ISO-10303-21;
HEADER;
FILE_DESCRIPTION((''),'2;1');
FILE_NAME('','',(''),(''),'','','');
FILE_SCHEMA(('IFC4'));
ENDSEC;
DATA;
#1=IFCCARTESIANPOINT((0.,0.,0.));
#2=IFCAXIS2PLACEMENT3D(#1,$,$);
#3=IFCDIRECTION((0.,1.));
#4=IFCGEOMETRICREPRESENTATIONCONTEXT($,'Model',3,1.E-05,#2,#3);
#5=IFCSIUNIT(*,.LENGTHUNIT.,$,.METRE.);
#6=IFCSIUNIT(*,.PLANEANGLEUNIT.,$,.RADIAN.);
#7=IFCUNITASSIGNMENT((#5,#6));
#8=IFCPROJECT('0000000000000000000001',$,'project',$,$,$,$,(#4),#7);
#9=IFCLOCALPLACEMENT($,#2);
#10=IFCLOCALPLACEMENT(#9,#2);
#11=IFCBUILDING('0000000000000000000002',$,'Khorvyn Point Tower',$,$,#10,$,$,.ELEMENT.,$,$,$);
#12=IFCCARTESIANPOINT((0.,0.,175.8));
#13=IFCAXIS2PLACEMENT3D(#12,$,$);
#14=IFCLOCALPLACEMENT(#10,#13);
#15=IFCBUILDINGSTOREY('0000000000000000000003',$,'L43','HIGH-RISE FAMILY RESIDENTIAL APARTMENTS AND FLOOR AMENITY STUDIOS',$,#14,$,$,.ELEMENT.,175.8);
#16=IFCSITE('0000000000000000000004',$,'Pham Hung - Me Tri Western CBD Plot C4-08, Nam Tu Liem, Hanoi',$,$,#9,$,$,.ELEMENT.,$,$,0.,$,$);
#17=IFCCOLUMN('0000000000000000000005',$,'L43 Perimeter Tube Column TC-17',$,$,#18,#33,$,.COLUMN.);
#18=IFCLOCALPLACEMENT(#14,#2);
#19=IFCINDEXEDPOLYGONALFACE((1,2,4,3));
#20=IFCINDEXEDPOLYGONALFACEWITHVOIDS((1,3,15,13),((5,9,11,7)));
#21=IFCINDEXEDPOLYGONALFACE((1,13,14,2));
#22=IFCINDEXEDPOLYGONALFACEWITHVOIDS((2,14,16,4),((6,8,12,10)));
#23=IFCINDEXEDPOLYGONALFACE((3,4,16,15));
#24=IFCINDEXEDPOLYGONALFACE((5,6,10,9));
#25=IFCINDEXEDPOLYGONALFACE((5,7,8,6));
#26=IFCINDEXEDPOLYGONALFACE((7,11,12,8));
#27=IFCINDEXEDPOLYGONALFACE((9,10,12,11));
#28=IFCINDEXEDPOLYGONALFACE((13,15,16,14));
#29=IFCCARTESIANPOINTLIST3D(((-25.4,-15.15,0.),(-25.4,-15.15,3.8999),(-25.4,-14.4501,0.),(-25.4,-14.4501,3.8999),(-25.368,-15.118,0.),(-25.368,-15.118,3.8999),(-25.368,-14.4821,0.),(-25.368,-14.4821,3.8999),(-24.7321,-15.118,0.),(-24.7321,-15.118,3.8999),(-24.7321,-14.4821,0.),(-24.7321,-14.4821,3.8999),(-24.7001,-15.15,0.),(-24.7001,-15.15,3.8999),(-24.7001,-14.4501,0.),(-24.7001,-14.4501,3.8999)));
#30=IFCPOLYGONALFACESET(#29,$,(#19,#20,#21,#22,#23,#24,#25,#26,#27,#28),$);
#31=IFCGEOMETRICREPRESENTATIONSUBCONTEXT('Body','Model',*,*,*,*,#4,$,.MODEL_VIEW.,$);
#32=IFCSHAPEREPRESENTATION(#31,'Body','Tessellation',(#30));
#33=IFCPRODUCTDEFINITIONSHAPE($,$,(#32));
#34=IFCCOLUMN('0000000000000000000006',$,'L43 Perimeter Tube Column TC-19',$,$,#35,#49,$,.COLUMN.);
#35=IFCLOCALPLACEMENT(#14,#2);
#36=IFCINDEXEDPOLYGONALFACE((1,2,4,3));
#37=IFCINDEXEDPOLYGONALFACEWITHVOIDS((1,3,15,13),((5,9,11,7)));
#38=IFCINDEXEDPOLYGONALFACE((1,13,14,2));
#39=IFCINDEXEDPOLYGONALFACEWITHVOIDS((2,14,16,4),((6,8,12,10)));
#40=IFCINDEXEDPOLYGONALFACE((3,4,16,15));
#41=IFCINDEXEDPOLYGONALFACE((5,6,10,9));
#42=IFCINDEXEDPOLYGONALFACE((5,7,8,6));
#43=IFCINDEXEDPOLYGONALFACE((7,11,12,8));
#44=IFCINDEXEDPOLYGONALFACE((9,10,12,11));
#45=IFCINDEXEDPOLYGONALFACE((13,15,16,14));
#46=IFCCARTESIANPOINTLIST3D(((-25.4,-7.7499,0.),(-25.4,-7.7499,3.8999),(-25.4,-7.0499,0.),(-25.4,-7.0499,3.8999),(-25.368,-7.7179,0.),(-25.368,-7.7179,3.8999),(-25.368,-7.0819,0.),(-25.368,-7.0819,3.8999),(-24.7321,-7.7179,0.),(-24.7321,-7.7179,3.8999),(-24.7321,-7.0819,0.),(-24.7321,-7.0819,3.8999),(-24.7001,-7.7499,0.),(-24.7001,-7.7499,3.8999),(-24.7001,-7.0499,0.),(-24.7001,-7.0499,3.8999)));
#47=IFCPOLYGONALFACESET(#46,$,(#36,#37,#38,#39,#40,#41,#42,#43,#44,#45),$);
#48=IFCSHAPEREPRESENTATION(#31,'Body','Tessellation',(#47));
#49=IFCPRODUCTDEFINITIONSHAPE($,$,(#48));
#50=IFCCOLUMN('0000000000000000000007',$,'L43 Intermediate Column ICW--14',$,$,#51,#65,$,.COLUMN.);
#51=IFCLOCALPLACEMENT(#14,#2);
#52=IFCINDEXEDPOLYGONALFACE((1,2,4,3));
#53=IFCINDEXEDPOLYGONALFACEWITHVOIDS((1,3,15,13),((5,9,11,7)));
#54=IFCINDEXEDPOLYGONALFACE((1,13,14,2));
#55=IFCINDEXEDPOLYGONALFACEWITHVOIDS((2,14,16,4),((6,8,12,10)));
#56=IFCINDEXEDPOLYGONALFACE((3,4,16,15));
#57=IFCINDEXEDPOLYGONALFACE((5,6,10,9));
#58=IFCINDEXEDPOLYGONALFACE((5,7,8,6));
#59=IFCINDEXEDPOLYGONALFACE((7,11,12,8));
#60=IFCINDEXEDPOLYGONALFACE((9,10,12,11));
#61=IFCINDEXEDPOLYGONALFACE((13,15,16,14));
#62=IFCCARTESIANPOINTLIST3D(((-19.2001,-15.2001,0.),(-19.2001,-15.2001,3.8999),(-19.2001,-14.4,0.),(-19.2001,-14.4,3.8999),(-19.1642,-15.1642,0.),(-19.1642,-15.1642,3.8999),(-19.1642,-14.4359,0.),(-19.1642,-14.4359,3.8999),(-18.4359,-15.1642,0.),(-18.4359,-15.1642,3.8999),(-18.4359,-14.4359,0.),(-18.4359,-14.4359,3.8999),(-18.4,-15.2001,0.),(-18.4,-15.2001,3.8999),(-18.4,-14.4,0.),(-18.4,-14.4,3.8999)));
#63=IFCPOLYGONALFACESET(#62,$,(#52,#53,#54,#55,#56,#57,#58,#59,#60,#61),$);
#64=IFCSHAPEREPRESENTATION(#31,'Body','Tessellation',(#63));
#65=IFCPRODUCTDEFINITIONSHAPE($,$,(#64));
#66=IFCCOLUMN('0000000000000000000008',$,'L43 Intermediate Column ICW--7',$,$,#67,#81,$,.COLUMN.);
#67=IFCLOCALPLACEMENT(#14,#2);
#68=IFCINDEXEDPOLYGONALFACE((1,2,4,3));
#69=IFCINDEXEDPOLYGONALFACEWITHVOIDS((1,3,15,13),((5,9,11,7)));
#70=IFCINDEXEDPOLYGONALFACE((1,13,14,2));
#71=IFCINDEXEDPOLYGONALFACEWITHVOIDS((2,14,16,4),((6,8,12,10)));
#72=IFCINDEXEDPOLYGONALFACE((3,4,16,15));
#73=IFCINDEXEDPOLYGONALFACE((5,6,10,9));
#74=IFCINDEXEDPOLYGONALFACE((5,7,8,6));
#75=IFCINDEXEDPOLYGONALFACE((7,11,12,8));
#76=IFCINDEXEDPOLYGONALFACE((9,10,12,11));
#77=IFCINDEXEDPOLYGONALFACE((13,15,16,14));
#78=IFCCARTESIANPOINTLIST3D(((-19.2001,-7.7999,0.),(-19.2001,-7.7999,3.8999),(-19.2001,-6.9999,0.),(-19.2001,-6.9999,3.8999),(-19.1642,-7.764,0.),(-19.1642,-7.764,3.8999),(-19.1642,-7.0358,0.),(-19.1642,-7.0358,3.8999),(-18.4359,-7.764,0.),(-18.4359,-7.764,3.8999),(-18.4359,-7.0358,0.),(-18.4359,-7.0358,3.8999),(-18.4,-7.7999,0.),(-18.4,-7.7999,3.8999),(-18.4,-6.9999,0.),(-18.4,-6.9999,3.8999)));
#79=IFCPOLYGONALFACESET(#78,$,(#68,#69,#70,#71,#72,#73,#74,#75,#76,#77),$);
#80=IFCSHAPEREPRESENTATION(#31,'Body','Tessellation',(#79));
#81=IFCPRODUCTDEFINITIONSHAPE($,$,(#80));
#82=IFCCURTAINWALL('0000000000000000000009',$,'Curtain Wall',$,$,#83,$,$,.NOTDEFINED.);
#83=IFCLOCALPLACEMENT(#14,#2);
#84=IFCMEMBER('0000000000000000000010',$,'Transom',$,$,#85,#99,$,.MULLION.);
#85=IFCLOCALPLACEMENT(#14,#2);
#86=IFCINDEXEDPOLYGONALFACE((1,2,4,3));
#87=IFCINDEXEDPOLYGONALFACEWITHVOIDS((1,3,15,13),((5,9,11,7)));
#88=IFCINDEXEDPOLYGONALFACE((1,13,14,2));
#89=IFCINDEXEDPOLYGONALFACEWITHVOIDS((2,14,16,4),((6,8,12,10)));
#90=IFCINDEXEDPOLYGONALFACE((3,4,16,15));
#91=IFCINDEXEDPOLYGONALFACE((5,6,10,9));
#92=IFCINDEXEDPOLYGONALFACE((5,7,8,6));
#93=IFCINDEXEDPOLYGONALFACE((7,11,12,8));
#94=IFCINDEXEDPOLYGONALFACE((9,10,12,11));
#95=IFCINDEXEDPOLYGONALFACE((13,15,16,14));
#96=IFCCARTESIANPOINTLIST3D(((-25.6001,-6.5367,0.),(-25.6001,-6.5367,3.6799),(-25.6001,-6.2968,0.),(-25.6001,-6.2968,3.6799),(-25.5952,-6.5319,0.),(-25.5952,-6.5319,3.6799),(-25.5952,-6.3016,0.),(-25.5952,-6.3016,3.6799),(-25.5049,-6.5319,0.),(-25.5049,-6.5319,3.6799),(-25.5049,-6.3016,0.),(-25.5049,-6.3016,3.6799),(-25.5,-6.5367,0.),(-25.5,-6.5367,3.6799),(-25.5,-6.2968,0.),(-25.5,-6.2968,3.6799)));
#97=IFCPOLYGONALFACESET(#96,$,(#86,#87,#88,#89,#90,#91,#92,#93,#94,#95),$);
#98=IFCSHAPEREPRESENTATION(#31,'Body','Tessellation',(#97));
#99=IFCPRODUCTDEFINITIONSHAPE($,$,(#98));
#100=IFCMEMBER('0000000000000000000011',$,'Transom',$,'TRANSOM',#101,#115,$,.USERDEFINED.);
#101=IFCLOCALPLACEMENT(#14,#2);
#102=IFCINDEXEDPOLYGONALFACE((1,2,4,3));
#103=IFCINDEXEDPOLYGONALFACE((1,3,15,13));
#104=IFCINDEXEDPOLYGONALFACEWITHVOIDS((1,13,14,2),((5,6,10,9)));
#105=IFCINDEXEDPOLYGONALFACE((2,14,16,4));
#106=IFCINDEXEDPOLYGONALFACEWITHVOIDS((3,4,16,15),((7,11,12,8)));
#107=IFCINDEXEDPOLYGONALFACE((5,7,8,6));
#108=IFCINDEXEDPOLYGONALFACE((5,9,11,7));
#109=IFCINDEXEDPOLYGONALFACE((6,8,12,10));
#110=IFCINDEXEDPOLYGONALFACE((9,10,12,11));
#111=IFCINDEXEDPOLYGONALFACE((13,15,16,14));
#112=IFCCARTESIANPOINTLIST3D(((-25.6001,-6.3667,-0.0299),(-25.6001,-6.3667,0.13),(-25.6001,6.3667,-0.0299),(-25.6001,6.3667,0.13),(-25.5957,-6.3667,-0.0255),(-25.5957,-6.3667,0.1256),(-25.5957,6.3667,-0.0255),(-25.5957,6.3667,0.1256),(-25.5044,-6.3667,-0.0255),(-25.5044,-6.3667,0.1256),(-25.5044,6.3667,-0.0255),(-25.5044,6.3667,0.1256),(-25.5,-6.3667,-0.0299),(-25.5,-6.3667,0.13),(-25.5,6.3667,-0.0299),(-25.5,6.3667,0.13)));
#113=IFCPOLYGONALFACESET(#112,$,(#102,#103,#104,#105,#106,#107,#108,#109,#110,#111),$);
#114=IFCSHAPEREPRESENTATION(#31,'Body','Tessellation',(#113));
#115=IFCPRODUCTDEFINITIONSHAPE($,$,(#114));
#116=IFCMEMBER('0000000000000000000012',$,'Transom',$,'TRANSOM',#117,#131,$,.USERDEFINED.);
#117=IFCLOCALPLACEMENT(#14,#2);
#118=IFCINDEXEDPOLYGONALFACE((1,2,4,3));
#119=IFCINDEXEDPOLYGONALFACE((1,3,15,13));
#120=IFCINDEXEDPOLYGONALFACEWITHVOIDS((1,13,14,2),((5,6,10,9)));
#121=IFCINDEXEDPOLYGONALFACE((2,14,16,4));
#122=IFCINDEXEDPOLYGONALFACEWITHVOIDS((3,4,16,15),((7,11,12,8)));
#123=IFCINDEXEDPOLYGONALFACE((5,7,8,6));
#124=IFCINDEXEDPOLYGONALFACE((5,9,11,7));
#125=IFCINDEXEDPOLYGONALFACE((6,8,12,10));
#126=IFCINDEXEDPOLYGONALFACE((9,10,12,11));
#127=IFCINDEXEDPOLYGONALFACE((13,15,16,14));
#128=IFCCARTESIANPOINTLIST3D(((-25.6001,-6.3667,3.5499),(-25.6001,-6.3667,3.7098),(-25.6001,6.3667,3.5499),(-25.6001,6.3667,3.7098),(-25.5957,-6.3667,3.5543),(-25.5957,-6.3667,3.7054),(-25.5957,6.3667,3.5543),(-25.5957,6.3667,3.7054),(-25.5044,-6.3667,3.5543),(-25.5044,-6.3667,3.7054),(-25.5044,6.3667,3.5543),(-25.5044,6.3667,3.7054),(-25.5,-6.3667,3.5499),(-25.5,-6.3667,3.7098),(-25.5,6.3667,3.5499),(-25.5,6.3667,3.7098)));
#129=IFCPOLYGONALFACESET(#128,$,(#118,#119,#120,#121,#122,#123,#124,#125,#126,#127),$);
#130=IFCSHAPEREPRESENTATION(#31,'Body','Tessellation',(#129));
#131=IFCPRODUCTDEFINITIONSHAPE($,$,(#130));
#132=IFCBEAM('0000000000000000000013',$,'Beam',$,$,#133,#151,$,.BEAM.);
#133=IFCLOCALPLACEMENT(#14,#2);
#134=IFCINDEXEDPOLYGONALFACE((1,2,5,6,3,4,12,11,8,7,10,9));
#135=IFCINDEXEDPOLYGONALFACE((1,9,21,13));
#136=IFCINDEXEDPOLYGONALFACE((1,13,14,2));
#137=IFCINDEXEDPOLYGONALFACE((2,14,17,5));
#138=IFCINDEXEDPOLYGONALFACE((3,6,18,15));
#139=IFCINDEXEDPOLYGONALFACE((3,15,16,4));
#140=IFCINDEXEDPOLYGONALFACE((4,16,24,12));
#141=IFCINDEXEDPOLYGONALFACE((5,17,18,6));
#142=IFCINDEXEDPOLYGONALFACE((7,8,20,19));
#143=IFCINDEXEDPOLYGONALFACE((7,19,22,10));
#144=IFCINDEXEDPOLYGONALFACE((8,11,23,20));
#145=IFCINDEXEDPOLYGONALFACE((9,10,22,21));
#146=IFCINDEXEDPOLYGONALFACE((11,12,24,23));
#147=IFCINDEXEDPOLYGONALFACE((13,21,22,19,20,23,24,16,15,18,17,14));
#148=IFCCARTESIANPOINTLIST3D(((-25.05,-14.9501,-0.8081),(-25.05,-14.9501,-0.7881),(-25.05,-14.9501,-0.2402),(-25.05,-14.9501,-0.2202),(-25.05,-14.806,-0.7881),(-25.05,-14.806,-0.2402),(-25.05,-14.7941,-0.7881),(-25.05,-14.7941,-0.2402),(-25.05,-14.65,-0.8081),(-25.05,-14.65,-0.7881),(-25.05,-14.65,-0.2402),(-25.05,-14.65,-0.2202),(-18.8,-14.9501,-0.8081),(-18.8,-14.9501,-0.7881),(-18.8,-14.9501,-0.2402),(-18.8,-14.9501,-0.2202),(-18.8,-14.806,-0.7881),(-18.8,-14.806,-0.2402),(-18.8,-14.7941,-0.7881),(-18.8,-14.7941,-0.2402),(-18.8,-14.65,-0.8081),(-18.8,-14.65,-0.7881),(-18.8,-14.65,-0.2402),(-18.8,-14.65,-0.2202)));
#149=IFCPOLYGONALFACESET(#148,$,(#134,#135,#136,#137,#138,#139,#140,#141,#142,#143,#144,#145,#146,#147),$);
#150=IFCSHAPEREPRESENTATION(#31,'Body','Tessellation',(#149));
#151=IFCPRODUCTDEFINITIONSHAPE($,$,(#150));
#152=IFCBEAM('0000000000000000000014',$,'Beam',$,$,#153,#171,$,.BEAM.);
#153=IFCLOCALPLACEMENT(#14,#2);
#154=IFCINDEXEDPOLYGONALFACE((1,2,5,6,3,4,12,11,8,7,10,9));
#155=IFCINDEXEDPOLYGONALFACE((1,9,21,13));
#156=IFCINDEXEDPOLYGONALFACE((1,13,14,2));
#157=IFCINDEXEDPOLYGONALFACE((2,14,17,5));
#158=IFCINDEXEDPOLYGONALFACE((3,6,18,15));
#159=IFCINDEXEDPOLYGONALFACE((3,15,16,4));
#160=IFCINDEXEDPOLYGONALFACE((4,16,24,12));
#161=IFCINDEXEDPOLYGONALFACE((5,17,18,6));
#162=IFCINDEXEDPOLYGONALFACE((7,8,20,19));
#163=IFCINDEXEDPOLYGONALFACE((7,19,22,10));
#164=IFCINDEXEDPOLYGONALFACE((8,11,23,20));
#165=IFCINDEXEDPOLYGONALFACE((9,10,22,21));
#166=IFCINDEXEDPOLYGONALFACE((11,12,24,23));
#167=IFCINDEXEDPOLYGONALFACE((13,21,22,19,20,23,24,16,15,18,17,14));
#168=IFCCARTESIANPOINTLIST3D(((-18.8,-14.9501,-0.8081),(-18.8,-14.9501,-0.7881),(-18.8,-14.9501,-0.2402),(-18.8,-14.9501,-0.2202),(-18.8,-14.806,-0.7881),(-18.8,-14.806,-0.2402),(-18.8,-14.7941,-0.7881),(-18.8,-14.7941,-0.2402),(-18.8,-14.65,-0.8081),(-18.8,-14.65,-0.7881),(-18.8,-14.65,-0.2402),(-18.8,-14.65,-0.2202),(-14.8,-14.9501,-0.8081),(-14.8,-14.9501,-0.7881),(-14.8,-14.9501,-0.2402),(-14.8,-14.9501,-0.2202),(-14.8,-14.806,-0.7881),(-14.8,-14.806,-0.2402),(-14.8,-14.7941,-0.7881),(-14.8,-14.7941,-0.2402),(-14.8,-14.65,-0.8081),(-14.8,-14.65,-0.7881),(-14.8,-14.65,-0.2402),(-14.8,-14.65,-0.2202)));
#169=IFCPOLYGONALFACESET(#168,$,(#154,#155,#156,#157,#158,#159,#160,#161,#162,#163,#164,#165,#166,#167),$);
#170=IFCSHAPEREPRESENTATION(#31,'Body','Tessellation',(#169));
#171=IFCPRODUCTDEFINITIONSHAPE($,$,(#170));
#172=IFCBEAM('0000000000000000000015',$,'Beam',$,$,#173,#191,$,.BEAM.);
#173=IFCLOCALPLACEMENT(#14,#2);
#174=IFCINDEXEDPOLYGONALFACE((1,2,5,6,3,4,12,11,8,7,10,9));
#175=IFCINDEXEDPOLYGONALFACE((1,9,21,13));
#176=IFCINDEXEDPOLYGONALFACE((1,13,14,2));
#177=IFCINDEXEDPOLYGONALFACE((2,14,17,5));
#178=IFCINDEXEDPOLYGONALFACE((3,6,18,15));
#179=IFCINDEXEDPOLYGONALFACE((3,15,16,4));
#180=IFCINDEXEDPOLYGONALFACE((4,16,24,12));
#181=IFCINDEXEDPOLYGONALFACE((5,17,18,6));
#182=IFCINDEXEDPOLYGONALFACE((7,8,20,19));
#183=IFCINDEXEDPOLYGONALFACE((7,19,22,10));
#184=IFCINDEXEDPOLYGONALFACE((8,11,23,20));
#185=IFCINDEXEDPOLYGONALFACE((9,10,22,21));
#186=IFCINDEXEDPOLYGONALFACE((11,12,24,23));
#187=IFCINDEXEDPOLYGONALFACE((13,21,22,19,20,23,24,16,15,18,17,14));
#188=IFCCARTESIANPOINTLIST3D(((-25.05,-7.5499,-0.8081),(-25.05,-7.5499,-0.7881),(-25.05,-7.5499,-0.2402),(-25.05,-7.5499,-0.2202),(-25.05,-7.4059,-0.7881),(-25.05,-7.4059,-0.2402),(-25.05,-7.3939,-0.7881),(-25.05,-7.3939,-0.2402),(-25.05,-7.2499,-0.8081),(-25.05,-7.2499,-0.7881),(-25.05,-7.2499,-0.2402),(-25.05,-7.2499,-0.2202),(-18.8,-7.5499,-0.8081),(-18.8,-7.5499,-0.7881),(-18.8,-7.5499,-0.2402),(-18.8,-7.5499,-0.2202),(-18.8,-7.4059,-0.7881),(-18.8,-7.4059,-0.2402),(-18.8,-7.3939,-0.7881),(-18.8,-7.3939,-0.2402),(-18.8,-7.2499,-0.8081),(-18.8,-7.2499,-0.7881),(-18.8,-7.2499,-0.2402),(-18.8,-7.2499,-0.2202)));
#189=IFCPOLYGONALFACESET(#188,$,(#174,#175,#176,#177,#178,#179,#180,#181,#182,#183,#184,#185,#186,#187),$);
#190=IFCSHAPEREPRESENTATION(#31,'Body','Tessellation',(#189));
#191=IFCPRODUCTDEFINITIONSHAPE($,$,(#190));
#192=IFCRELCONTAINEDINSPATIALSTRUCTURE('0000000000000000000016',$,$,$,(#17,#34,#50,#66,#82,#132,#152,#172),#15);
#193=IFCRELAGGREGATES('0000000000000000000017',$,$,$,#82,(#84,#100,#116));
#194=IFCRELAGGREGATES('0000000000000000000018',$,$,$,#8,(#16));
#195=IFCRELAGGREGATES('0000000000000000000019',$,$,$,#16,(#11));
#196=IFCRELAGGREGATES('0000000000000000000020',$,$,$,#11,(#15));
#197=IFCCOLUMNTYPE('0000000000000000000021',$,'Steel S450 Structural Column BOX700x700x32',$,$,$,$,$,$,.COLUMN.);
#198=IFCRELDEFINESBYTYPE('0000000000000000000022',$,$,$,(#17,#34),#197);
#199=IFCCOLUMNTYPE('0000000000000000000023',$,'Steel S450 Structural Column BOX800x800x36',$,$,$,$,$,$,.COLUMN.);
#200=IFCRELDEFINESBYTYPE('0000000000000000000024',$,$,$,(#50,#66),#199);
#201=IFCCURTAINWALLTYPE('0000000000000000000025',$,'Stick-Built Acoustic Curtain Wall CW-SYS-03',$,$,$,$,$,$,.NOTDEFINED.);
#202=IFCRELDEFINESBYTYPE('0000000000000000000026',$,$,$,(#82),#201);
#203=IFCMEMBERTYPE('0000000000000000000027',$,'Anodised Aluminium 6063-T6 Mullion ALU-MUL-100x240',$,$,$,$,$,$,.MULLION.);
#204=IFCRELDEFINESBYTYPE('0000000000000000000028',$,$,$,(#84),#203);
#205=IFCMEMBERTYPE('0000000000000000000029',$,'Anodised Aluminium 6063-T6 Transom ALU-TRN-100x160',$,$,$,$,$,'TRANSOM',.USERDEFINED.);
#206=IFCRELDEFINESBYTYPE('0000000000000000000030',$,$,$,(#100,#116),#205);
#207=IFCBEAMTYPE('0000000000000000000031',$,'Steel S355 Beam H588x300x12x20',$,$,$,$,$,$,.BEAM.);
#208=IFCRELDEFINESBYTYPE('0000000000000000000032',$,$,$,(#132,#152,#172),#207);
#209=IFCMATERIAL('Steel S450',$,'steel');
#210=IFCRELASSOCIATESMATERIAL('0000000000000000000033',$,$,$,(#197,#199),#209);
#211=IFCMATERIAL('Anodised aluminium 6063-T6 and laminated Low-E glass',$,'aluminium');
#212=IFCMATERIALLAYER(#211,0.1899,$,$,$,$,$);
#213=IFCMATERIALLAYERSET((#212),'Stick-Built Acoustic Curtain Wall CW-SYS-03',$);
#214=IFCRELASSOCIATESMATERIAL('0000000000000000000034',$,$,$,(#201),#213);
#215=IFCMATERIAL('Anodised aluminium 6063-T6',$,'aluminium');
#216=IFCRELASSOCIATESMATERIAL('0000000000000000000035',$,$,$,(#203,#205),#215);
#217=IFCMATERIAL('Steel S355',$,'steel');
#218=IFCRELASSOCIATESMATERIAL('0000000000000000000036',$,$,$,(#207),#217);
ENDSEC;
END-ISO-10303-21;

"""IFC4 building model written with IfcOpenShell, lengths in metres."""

from ifc_helpers import new_model, si_unit, direction, frame, origin, origin_2d, place, context, subcontext, project, spatial, hollow_rectangle, i_section, extrude, material, layer, layer_set, material_profile, profile_set, type_object, element, aggregate, save


model = new_model("IFC4")

# Units and contexts
model_context = context("Model", 3, precision=1e-05, world=origin(), true_north=direction((0.0, 1.0)))
body_context = subcontext(model_context, "Body", "Model", "MODEL_VIEW")
ifc_project = project(units=[si_unit("LENGTHUNIT", "METRE"), si_unit("PLANEANGLEUNIT", "RADIAN")], contexts=[model_context])

# Site, building, storey
site_placement = place(None, origin())
site = spatial("IfcSite", under=ifc_project, at=site_placement, Name="Pham Hung - Me Tri Western CBD Plot C4-08, Nam Tu Liem, Hanoi", CompositionType="ELEMENT", RefElevation=0.0)
building_placement = place(site_placement, origin())
building = spatial("IfcBuilding", under=site, at=building_placement, Name="Khorvyn Point Tower", CompositionType="ELEMENT")
storey_placement = place(building_placement, frame((0.0, 0.0, 175.8)))
storey = spatial("IfcBuildingStorey", under=building, at=storey_placement, Name="L43", Description="HIGH-RISE FAMILY RESIDENTIAL APARTMENTS AND FLOOR AMENITY STUDIOS", CompositionType="ELEMENT", Elevation=175.8)

# Columns
ifc_material_1 = material(Name="Steel S450", Category="steel")
ifc_material_profile_1 = material_profile(ifc_material_1, hollow_rectangle(XDim=0.7, YDim=0.7, WallThickness=0.032, at=origin_2d()))
ifc_profile_set_1 = profile_set([ifc_material_profile_1], Name="Steel S450 BOX700x700x32")
column_type_1 = type_object("IfcColumnType", Name="Steel S450 Structural Column BOX700x700x32", PredefinedType="COLUMN", material=ifc_profile_set_1)
for number, where, z_axis, x_axis, name in (
    (1, (-25.05, -14.8, 0.0), (0.0, 0.0, 1.0), (1.0, 0.0, 0.0), "L43 Perimeter Tube Column TC-17"),
    (2, (-25.05, -7.3999, 0.0), (0.0, 0.0, 1.0), (1.0, 0.0, 0.0), "L43 Perimeter Tube Column TC-19"),
):
    element("IfcColumn", number, at=place(storey_placement, frame(where, z_axis=z_axis, x_axis=x_axis)), inside=storey, type_object=column_type_1, Name=name, PredefinedType="COLUMN", context=body_context, shape_type="SweptSolid", body=[
        extrude(hollow_rectangle(XDim=0.7, YDim=0.7, WallThickness=0.032, at=origin_2d()), origin(), (0.0, 0.0, 1.0), 3.8999),
    ])
ifc_material_profile_2 = material_profile(ifc_material_1, hollow_rectangle(XDim=0.8, YDim=0.8, WallThickness=0.0359, at=origin_2d()))
ifc_profile_set_2 = profile_set([ifc_material_profile_2], Name="Steel S450 BOX800x800x36")
column_type_2 = type_object("IfcColumnType", Name="Steel S450 Structural Column BOX800x800x36", PredefinedType="COLUMN", material=ifc_profile_set_2)
for number, where, z_axis, x_axis, name in (
    (3, (-18.8, -14.8, 0.0), (0.0, 0.0, 1.0), (1.0, 0.0, 0.0), "L43 Intermediate Column ICW--14"),
    (4, (-18.8, -7.3999, 0.0), (0.0, 0.0, 1.0), (1.0, 0.0, 0.0), "L43 Intermediate Column ICW--7"),
):
    element("IfcColumn", number, at=place(storey_placement, frame(where, z_axis=z_axis, x_axis=x_axis)), inside=storey, type_object=column_type_2, Name=name, PredefinedType="COLUMN", context=body_context, shape_type="SweptSolid", body=[
        extrude(hollow_rectangle(XDim=0.8, YDim=0.8, WallThickness=0.0359, at=origin_2d()), origin(), (0.0, 0.0, 1.0), 3.8999),
    ])

# Curtain wall, members
ifc_material_2 = material(Name="Anodised aluminium 6063-T6 and laminated Low-E glass", Category="aluminium")
ifc_layer_1 = layer(ifc_material_2, 0.1899)
ifc_layer_set_1 = layer_set([ifc_layer_1], Name="Stick-Built Acoustic Curtain Wall CW-SYS-03")
curtain_wall_type = type_object("IfcCurtainWallType", Name="Stick-Built Acoustic Curtain Wall CW-SYS-03", PredefinedType="NOTDEFINED", material=ifc_layer_set_1)
curtain_wall_placement = place(storey_placement, origin())
curtain_wall = element("IfcCurtainWall", 5, at=curtain_wall_placement, inside=storey, type_object=curtain_wall_type, Name="Curtain Wall", PredefinedType="NOTDEFINED")
ifc_material_3 = material(Name="Anodised aluminium 6063-T6", Category="aluminium")
ifc_material_profile_3 = material_profile(ifc_material_3, hollow_rectangle(XDim=0.1001, YDim=0.24, WallThickness=0.0049, at=origin_2d()))
ifc_profile_set_3 = profile_set([ifc_material_profile_3], Name="Anodised aluminium 6063-T6 ALU-MUL-100x240")
member_type_1 = type_object("IfcMemberType", Name="Anodised Aluminium 6063-T6 Mullion ALU-MUL-100x240", PredefinedType="MULLION", material=ifc_profile_set_3)
member_1_placement = place(storey_placement, frame((-25.55, -6.4167, 0.0), z_axis=(0.0, 0.0, 1.0), x_axis=(-1.0, 0.0, 0.0)))
member_1 = element("IfcMember", 6, at=member_1_placement, type_object=member_type_1, Name="Transom", PredefinedType="MULLION", context=body_context, shape_type="SweptSolid", body=[
    extrude(hollow_rectangle(XDim=0.1001, YDim=0.24, WallThickness=0.0049, at=origin_2d()), origin(), (0.0, 0.0, 1.0), 3.6799),
])
ifc_material_profile_4 = material_profile(ifc_material_3, hollow_rectangle(XDim=0.1001, YDim=0.1599, WallThickness=0.0044, at=origin_2d()))
ifc_profile_set_4 = profile_set([ifc_material_profile_4], Name="Anodised aluminium 6063-T6 ALU-TRN-100x160")
member_type_2 = type_object("IfcMemberType", Name="Anodised Aluminium 6063-T6 Transom ALU-TRN-100x160", ElementType="TRANSOM", PredefinedType="USERDEFINED", material=ifc_profile_set_4)
member_2_placement = place(storey_placement, frame((-25.55, -6.3667, 0.05), z_axis=(0.0, 1.0, 0.0), x_axis=(-1.0, 0.0, 0.0)))
member_2 = element("IfcMember", 7, at=member_2_placement, type_object=member_type_2, Name="Transom", ObjectType="TRANSOM", PredefinedType="USERDEFINED", context=body_context, shape_type="SweptSolid", body=[
    extrude(hollow_rectangle(XDim=0.1001, YDim=0.1599, WallThickness=0.0044, at=origin_2d()), origin(), (0.0, 0.0, 1.0), 12.7334),
])
member_3_placement = place(storey_placement, frame((-25.55, -6.3667, 3.6299), z_axis=(0.0, 1.0, 0.0), x_axis=(-1.0, 0.0, 0.0)))
member_3 = element("IfcMember", 8, at=member_3_placement, type_object=member_type_2, Name="Transom", ObjectType="TRANSOM", PredefinedType="USERDEFINED", context=body_context, shape_type="SweptSolid", body=[
    extrude(hollow_rectangle(XDim=0.1001, YDim=0.1599, WallThickness=0.0044, at=origin_2d()), origin(), (0.0, 0.0, 1.0), 12.7334),
])

# Beams
ifc_material_4 = material(Name="Steel S355", Category="steel")
ifc_material_profile_5 = material_profile(ifc_material_4, i_section(OverallWidth=0.3, OverallDepth=0.5879, WebThickness=0.012, FlangeThickness=0.02, at=origin_2d()))
ifc_profile_set_5 = profile_set([ifc_material_profile_5], Name="Steel S355 H588x300x12x20")
beam_type_1 = type_object("IfcBeamType", Name="Steel S355 Beam H588x300x12x20", PredefinedType="BEAM", material=ifc_profile_set_5)
beam_1_placement = place(storey_placement, frame((-25.05, -14.8, -0.5142), z_axis=(1.0, 0.0, 0.0), x_axis=(0.0, 1.0, 0.0)))
element("IfcBeam", 9, at=beam_1_placement, inside=storey, type_object=beam_type_1, Name="Beam", PredefinedType="BEAM", context=body_context, shape_type="SweptSolid", body=[
    extrude(i_section(OverallWidth=0.3, OverallDepth=0.5879, WebThickness=0.012, FlangeThickness=0.02, at=origin_2d()), origin(), (0.0, 0.0, 1.0), 6.25),
])
beam_2_placement = place(storey_placement, frame((-18.8, -14.8, -0.5142), z_axis=(1.0, 0.0, 0.0), x_axis=(0.0, 1.0, 0.0)))
element("IfcBeam", 10, at=beam_2_placement, inside=storey, type_object=beam_type_1, Name="Beam", PredefinedType="BEAM", context=body_context, shape_type="SweptSolid", body=[
    extrude(i_section(OverallWidth=0.3, OverallDepth=0.5879, WebThickness=0.012, FlangeThickness=0.02, at=origin_2d()), origin(), (0.0, 0.0, 1.0), 4.0),
])
beam_3_placement = place(storey_placement, frame((-25.05, -7.3999, -0.5142), z_axis=(1.0, 0.0, 0.0), x_axis=(0.0, 1.0, 0.0)))
element("IfcBeam", 11, at=beam_3_placement, inside=storey, type_object=beam_type_1, Name="Beam", PredefinedType="BEAM", context=body_context, shape_type="SweptSolid", body=[
    extrude(i_section(OverallWidth=0.3, OverallDepth=0.5879, WebThickness=0.012, FlangeThickness=0.02, at=origin_2d()), origin(), (0.0, 0.0, 1.0), 6.25),
])

aggregate(curtain_wall, [member_1, member_2, member_3])

save(model, "model.ifc")
